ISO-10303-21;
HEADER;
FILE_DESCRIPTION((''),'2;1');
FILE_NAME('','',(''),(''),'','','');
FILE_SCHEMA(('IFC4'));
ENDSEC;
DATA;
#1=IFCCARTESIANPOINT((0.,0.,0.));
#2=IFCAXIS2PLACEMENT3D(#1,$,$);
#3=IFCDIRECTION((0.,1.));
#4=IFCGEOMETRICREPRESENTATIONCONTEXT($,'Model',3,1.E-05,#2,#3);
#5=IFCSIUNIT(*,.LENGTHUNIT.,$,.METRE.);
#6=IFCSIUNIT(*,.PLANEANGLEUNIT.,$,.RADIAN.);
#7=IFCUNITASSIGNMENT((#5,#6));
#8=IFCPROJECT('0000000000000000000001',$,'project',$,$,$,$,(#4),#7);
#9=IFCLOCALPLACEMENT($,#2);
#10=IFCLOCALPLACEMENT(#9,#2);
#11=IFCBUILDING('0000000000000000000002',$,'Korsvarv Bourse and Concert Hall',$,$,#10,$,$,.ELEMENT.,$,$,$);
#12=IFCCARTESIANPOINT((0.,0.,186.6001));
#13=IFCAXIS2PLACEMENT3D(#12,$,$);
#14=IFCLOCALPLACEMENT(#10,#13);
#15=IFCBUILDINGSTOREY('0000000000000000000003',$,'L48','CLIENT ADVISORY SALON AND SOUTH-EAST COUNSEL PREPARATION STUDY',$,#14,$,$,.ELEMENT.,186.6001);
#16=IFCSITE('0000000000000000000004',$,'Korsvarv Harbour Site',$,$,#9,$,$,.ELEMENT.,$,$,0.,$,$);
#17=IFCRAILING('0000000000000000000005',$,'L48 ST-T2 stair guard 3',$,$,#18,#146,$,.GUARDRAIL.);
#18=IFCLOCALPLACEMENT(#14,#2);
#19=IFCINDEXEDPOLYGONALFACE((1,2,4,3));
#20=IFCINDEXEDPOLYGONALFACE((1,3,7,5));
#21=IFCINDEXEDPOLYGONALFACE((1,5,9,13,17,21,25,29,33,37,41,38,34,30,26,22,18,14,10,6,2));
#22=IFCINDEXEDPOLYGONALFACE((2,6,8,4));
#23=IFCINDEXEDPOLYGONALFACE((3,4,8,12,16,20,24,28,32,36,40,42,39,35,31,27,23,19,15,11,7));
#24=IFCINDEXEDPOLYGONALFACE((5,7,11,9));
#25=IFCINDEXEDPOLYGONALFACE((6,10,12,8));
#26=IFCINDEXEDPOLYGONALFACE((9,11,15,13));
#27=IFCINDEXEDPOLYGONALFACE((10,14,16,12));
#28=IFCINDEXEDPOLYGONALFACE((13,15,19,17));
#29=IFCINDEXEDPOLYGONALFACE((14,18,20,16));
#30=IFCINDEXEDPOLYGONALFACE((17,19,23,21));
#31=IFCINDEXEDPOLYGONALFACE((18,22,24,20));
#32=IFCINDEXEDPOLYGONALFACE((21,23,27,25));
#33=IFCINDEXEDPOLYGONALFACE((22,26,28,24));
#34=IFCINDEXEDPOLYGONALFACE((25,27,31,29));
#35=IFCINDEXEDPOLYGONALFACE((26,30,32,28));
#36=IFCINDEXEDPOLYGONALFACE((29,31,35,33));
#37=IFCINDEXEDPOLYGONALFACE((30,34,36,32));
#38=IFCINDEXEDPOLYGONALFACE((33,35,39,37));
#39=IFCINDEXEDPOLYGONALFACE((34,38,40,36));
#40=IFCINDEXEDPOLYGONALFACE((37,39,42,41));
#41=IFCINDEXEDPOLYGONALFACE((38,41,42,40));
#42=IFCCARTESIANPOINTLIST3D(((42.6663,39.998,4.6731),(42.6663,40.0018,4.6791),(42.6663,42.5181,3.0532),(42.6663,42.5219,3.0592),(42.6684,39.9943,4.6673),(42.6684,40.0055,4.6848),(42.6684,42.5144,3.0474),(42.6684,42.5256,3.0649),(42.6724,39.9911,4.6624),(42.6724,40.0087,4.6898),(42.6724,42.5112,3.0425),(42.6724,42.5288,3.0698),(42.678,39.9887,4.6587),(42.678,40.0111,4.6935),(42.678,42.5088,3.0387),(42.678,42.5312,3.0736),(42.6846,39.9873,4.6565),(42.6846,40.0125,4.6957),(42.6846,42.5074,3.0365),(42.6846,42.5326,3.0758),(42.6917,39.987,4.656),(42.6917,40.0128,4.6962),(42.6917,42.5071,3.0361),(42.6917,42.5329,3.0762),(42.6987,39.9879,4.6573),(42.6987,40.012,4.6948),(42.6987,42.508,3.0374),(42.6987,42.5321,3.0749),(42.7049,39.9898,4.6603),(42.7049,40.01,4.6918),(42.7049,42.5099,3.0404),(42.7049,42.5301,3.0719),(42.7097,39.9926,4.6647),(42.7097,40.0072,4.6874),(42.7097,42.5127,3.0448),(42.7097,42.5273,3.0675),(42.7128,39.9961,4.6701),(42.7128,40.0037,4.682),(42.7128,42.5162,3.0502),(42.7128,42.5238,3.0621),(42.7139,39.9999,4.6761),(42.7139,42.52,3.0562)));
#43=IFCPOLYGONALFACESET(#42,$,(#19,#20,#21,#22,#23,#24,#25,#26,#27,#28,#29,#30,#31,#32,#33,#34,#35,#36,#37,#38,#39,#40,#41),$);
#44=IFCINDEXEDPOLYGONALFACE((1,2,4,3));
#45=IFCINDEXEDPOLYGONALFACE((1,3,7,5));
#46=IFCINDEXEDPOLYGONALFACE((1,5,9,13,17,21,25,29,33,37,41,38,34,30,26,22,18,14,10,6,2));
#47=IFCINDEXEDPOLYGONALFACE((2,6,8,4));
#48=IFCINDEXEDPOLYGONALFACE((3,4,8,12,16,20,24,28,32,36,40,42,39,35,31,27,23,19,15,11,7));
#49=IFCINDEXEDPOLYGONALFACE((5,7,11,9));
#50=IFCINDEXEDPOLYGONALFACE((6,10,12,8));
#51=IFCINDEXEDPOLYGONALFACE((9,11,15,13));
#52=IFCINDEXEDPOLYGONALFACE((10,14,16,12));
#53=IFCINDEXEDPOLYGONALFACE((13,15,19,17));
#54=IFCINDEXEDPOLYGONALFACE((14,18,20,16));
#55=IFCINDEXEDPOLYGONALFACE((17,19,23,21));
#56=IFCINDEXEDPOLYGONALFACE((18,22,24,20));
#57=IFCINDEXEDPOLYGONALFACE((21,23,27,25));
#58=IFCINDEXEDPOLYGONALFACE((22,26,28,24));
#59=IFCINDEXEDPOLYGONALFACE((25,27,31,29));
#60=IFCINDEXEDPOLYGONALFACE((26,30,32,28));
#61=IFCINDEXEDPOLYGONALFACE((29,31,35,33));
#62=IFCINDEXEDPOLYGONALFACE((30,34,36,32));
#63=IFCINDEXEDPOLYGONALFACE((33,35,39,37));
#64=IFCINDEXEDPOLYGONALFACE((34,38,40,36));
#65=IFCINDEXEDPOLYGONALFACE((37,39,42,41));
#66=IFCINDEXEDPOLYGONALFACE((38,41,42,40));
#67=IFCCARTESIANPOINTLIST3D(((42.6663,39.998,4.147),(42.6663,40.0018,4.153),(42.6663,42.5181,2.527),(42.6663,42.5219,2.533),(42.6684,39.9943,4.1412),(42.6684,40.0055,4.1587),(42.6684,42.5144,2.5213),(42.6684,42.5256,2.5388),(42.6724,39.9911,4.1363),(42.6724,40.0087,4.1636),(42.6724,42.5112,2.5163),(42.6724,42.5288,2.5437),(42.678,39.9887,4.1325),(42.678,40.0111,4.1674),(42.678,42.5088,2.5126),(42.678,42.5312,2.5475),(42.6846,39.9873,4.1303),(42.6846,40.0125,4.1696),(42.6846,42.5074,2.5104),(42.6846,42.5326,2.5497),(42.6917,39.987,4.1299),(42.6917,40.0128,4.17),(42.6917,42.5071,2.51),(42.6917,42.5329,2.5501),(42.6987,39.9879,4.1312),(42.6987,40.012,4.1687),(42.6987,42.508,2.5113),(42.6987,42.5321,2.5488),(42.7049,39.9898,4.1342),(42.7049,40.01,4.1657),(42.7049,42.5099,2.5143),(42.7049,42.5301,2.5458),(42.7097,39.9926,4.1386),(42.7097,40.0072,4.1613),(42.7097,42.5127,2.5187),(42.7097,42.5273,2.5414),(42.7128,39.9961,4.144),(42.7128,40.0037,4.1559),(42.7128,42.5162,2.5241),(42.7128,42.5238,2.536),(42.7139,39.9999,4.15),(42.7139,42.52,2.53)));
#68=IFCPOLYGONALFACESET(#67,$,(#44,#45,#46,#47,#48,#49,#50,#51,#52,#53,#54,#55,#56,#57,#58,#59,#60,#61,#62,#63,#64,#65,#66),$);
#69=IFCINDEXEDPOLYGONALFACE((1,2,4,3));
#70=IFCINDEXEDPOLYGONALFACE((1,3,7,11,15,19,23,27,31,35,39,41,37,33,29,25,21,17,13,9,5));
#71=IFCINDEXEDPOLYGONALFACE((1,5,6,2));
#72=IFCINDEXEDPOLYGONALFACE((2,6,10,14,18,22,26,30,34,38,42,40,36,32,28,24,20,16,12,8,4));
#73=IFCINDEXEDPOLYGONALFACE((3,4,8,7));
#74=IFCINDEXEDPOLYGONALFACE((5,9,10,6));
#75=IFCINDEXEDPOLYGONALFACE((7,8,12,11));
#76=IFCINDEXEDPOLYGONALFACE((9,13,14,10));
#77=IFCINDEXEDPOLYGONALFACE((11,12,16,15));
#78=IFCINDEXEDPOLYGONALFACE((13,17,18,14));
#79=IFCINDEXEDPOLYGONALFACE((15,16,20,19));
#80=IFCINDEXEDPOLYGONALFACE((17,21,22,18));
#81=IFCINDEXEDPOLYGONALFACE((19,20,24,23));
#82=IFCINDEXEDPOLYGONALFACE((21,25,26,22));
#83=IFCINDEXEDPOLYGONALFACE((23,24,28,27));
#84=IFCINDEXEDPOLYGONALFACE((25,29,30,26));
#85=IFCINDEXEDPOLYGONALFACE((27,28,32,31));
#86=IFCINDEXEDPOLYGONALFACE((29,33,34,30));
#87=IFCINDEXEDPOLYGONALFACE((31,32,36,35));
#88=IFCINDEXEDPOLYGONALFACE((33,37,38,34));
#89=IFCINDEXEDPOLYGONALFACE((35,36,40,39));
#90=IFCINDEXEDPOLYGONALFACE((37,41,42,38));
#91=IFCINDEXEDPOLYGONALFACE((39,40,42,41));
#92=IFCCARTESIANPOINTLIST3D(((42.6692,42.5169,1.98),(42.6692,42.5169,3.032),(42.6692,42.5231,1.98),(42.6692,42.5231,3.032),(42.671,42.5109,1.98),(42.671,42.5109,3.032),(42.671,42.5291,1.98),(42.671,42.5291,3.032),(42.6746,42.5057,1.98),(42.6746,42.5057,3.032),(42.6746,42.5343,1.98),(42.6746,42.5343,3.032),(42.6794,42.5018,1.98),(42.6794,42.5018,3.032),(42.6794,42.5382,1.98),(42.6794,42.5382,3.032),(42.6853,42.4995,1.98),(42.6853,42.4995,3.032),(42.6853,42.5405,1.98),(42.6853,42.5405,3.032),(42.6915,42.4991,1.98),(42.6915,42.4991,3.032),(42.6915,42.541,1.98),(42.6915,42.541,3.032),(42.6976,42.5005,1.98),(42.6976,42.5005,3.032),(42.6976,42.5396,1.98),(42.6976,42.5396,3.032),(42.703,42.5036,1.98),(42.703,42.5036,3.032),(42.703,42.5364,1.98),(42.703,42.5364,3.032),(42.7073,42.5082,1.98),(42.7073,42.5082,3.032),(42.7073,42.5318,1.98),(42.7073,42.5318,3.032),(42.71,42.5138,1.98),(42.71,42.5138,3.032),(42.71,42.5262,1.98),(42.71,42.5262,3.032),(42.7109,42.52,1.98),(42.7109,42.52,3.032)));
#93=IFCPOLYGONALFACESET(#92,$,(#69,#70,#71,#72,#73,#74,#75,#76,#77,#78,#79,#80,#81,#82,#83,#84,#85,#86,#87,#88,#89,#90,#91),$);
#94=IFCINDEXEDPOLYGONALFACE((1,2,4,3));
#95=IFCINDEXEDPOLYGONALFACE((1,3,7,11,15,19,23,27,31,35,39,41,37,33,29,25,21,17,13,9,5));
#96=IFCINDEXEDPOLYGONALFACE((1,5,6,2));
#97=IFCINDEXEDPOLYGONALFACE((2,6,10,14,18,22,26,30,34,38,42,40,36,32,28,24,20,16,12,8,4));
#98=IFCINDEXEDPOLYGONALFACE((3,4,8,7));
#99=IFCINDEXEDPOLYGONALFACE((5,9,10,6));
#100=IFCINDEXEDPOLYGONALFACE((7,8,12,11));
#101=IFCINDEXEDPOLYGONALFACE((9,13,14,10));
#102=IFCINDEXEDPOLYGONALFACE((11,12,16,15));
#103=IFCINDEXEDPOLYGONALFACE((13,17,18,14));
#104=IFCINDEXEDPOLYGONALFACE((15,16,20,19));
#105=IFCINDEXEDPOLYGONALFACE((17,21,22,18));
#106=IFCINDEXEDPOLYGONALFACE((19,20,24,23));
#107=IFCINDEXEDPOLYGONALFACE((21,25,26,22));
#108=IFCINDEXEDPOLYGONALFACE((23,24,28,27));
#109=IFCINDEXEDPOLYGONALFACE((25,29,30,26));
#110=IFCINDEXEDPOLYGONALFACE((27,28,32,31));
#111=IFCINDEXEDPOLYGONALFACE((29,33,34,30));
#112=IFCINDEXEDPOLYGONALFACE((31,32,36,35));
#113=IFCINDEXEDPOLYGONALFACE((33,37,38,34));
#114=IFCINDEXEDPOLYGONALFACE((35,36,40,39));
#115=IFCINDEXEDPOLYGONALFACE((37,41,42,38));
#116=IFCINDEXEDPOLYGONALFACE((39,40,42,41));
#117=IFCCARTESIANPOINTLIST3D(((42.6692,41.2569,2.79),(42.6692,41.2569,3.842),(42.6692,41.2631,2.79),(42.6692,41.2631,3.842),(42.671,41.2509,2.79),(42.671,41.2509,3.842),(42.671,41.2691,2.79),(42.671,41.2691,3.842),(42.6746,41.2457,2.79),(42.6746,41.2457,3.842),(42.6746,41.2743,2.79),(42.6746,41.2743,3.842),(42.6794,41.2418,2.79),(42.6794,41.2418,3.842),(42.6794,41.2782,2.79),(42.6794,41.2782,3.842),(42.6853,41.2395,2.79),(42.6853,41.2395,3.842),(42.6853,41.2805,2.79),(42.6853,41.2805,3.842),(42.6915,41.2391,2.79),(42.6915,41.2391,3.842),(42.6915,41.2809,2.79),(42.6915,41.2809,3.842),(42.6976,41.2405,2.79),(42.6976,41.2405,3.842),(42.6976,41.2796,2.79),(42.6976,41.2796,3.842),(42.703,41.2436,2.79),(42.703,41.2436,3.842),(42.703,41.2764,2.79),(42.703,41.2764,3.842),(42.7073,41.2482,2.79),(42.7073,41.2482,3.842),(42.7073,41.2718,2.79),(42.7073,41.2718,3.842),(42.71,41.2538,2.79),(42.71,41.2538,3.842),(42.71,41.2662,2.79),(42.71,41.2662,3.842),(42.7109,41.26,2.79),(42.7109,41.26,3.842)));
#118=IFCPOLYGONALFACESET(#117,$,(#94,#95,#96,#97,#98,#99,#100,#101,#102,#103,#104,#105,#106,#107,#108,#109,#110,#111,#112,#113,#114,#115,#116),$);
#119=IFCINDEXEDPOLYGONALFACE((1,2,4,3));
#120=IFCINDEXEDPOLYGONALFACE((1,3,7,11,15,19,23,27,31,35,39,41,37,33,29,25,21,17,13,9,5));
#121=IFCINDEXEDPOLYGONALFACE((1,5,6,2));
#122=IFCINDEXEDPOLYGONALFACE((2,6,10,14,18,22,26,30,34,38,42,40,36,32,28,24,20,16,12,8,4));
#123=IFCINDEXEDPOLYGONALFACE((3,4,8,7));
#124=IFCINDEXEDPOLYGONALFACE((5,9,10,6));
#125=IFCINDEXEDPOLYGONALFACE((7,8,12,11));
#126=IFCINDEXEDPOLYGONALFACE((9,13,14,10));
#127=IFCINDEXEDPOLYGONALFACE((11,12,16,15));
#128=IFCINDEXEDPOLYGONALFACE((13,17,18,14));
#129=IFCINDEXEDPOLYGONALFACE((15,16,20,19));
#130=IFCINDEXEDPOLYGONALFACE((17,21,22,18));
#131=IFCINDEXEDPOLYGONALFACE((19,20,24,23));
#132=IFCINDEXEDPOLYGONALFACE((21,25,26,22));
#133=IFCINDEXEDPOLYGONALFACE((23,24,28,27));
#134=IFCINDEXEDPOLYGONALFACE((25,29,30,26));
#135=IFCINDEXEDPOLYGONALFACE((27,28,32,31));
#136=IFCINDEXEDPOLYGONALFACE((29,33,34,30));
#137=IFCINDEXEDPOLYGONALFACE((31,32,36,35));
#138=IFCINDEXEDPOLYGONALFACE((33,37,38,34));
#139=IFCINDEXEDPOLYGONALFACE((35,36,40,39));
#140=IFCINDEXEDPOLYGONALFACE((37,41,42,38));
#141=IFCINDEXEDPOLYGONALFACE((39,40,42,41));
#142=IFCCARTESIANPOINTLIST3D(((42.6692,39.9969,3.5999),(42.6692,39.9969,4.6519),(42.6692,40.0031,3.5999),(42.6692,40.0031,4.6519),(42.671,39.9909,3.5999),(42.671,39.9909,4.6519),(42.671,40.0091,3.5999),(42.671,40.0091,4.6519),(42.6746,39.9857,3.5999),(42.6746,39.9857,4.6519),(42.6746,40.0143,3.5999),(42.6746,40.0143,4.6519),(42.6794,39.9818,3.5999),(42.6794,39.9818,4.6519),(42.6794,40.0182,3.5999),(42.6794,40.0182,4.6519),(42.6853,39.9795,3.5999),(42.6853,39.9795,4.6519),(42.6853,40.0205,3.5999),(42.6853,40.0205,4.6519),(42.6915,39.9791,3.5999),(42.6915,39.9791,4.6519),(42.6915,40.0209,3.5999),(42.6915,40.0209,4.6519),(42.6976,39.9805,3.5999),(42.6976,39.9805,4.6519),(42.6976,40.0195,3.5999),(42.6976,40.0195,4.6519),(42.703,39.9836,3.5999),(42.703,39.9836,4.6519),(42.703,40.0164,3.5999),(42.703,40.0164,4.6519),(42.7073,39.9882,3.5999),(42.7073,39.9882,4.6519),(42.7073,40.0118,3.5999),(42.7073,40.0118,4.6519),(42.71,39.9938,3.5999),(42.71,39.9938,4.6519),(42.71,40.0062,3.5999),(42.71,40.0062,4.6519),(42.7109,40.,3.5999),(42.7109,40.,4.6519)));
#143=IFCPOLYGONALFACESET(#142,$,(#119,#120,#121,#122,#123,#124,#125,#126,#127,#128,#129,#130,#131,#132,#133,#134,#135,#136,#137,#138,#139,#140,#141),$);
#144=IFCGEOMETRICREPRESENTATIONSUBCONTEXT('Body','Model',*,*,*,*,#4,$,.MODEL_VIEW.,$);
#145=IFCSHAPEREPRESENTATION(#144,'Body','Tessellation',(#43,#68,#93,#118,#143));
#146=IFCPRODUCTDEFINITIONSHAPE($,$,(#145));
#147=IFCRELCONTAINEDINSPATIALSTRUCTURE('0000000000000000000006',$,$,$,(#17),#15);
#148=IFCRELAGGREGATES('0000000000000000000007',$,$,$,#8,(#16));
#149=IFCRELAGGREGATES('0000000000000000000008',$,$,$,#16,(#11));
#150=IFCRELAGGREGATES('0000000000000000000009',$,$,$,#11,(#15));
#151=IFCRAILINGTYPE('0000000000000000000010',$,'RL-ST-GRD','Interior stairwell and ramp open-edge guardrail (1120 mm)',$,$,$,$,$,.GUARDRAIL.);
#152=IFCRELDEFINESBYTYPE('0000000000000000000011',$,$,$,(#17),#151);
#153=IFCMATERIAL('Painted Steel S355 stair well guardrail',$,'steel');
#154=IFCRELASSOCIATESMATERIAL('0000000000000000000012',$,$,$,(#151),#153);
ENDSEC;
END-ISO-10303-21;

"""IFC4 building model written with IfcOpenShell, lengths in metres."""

from ifc_helpers import new_model, si_unit, direction, frame, origin, origin_2d, place, context, subcontext, project, spatial, circle, extrude, material, type_object, element, save


model = new_model("IFC4")

# Units and contexts
model_context = context("Model", 3, precision=1e-05, world=origin(), true_north=direction((0.0, 1.0)))
body_context = subcontext(model_context, "Body", "Model", "MODEL_VIEW")
ifc_project = project(units=[si_unit("LENGTHUNIT", "METRE"), si_unit("PLANEANGLEUNIT", "RADIAN")], contexts=[model_context])

# Site, building, storey
site_placement = place(None, origin())
site = spatial("IfcSite", under=ifc_project, at=site_placement, Name="Korsvarv Harbour Site", CompositionType="ELEMENT", RefElevation=0.0)
building_placement = place(site_placement, origin())
building = spatial("IfcBuilding", under=site, at=building_placement, Name="Korsvarv Bourse and Concert Hall", CompositionType="ELEMENT")
storey_placement = place(building_placement, frame((0.0, 0.0, 186.6001)))
storey = spatial("IfcBuildingStorey", under=building, at=storey_placement, Name="L48", Description="CLIENT ADVISORY SALON AND SOUTH-EAST COUNSEL PREPARATION STUDY", CompositionType="ELEMENT", Elevation=186.6001)

# Railing
ifc_material_1 = material(Name="Painted Steel S355 stair well guardrail", Category="steel")
railing_type_1 = type_object("IfcRailingType", Name="RL-ST-GRD", Description="Interior stairwell and ramp open-edge guardrail (1120 mm)", PredefinedType="GUARDRAIL", material=ifc_material_1)
railing_1_placement = place(storey_placement, frame((42.6899, 42.52, 1.98)))
element("IfcRailing", 1, at=railing_1_placement, inside=storey, type_object=railing_type_1, Name="L48 ST-T2 stair guard 3", PredefinedType="GUARDRAIL", context=body_context, shape_type="SweptSolid", body=[
    extrude(circle(Radius=0.0239, at=origin_2d()), frame((0.0, 0.0, 1.0762), z_axis=(0.0, -0.8412, 0.540725), x_axis=(1.0, 0.0, 0.0)), (0.0, 0.0, 1.0), 2.9958),
    extrude(circle(Radius=0.0239, at=origin_2d()), frame((0.0, 0.0, 0.55), z_axis=(0.0, -0.8412, 0.540725), x_axis=(1.0, 0.0, 0.0)), (0.0, 0.0, 1.0), 2.9958),
    extrude(circle(Radius=0.021, at=origin_2d()), origin(), (0.0, 0.0, 1.0), 1.052),
    extrude(circle(Radius=0.021, at=origin_2d()), frame((0.0, -1.26, 0.8101)), (0.0, 0.0, 1.0), 1.052),
    extrude(circle(Radius=0.021, at=origin_2d()), frame((0.0, -2.52, 1.6199)), (0.0, 0.0, 1.0), 1.052),
])

save(model, "model.ifc")
